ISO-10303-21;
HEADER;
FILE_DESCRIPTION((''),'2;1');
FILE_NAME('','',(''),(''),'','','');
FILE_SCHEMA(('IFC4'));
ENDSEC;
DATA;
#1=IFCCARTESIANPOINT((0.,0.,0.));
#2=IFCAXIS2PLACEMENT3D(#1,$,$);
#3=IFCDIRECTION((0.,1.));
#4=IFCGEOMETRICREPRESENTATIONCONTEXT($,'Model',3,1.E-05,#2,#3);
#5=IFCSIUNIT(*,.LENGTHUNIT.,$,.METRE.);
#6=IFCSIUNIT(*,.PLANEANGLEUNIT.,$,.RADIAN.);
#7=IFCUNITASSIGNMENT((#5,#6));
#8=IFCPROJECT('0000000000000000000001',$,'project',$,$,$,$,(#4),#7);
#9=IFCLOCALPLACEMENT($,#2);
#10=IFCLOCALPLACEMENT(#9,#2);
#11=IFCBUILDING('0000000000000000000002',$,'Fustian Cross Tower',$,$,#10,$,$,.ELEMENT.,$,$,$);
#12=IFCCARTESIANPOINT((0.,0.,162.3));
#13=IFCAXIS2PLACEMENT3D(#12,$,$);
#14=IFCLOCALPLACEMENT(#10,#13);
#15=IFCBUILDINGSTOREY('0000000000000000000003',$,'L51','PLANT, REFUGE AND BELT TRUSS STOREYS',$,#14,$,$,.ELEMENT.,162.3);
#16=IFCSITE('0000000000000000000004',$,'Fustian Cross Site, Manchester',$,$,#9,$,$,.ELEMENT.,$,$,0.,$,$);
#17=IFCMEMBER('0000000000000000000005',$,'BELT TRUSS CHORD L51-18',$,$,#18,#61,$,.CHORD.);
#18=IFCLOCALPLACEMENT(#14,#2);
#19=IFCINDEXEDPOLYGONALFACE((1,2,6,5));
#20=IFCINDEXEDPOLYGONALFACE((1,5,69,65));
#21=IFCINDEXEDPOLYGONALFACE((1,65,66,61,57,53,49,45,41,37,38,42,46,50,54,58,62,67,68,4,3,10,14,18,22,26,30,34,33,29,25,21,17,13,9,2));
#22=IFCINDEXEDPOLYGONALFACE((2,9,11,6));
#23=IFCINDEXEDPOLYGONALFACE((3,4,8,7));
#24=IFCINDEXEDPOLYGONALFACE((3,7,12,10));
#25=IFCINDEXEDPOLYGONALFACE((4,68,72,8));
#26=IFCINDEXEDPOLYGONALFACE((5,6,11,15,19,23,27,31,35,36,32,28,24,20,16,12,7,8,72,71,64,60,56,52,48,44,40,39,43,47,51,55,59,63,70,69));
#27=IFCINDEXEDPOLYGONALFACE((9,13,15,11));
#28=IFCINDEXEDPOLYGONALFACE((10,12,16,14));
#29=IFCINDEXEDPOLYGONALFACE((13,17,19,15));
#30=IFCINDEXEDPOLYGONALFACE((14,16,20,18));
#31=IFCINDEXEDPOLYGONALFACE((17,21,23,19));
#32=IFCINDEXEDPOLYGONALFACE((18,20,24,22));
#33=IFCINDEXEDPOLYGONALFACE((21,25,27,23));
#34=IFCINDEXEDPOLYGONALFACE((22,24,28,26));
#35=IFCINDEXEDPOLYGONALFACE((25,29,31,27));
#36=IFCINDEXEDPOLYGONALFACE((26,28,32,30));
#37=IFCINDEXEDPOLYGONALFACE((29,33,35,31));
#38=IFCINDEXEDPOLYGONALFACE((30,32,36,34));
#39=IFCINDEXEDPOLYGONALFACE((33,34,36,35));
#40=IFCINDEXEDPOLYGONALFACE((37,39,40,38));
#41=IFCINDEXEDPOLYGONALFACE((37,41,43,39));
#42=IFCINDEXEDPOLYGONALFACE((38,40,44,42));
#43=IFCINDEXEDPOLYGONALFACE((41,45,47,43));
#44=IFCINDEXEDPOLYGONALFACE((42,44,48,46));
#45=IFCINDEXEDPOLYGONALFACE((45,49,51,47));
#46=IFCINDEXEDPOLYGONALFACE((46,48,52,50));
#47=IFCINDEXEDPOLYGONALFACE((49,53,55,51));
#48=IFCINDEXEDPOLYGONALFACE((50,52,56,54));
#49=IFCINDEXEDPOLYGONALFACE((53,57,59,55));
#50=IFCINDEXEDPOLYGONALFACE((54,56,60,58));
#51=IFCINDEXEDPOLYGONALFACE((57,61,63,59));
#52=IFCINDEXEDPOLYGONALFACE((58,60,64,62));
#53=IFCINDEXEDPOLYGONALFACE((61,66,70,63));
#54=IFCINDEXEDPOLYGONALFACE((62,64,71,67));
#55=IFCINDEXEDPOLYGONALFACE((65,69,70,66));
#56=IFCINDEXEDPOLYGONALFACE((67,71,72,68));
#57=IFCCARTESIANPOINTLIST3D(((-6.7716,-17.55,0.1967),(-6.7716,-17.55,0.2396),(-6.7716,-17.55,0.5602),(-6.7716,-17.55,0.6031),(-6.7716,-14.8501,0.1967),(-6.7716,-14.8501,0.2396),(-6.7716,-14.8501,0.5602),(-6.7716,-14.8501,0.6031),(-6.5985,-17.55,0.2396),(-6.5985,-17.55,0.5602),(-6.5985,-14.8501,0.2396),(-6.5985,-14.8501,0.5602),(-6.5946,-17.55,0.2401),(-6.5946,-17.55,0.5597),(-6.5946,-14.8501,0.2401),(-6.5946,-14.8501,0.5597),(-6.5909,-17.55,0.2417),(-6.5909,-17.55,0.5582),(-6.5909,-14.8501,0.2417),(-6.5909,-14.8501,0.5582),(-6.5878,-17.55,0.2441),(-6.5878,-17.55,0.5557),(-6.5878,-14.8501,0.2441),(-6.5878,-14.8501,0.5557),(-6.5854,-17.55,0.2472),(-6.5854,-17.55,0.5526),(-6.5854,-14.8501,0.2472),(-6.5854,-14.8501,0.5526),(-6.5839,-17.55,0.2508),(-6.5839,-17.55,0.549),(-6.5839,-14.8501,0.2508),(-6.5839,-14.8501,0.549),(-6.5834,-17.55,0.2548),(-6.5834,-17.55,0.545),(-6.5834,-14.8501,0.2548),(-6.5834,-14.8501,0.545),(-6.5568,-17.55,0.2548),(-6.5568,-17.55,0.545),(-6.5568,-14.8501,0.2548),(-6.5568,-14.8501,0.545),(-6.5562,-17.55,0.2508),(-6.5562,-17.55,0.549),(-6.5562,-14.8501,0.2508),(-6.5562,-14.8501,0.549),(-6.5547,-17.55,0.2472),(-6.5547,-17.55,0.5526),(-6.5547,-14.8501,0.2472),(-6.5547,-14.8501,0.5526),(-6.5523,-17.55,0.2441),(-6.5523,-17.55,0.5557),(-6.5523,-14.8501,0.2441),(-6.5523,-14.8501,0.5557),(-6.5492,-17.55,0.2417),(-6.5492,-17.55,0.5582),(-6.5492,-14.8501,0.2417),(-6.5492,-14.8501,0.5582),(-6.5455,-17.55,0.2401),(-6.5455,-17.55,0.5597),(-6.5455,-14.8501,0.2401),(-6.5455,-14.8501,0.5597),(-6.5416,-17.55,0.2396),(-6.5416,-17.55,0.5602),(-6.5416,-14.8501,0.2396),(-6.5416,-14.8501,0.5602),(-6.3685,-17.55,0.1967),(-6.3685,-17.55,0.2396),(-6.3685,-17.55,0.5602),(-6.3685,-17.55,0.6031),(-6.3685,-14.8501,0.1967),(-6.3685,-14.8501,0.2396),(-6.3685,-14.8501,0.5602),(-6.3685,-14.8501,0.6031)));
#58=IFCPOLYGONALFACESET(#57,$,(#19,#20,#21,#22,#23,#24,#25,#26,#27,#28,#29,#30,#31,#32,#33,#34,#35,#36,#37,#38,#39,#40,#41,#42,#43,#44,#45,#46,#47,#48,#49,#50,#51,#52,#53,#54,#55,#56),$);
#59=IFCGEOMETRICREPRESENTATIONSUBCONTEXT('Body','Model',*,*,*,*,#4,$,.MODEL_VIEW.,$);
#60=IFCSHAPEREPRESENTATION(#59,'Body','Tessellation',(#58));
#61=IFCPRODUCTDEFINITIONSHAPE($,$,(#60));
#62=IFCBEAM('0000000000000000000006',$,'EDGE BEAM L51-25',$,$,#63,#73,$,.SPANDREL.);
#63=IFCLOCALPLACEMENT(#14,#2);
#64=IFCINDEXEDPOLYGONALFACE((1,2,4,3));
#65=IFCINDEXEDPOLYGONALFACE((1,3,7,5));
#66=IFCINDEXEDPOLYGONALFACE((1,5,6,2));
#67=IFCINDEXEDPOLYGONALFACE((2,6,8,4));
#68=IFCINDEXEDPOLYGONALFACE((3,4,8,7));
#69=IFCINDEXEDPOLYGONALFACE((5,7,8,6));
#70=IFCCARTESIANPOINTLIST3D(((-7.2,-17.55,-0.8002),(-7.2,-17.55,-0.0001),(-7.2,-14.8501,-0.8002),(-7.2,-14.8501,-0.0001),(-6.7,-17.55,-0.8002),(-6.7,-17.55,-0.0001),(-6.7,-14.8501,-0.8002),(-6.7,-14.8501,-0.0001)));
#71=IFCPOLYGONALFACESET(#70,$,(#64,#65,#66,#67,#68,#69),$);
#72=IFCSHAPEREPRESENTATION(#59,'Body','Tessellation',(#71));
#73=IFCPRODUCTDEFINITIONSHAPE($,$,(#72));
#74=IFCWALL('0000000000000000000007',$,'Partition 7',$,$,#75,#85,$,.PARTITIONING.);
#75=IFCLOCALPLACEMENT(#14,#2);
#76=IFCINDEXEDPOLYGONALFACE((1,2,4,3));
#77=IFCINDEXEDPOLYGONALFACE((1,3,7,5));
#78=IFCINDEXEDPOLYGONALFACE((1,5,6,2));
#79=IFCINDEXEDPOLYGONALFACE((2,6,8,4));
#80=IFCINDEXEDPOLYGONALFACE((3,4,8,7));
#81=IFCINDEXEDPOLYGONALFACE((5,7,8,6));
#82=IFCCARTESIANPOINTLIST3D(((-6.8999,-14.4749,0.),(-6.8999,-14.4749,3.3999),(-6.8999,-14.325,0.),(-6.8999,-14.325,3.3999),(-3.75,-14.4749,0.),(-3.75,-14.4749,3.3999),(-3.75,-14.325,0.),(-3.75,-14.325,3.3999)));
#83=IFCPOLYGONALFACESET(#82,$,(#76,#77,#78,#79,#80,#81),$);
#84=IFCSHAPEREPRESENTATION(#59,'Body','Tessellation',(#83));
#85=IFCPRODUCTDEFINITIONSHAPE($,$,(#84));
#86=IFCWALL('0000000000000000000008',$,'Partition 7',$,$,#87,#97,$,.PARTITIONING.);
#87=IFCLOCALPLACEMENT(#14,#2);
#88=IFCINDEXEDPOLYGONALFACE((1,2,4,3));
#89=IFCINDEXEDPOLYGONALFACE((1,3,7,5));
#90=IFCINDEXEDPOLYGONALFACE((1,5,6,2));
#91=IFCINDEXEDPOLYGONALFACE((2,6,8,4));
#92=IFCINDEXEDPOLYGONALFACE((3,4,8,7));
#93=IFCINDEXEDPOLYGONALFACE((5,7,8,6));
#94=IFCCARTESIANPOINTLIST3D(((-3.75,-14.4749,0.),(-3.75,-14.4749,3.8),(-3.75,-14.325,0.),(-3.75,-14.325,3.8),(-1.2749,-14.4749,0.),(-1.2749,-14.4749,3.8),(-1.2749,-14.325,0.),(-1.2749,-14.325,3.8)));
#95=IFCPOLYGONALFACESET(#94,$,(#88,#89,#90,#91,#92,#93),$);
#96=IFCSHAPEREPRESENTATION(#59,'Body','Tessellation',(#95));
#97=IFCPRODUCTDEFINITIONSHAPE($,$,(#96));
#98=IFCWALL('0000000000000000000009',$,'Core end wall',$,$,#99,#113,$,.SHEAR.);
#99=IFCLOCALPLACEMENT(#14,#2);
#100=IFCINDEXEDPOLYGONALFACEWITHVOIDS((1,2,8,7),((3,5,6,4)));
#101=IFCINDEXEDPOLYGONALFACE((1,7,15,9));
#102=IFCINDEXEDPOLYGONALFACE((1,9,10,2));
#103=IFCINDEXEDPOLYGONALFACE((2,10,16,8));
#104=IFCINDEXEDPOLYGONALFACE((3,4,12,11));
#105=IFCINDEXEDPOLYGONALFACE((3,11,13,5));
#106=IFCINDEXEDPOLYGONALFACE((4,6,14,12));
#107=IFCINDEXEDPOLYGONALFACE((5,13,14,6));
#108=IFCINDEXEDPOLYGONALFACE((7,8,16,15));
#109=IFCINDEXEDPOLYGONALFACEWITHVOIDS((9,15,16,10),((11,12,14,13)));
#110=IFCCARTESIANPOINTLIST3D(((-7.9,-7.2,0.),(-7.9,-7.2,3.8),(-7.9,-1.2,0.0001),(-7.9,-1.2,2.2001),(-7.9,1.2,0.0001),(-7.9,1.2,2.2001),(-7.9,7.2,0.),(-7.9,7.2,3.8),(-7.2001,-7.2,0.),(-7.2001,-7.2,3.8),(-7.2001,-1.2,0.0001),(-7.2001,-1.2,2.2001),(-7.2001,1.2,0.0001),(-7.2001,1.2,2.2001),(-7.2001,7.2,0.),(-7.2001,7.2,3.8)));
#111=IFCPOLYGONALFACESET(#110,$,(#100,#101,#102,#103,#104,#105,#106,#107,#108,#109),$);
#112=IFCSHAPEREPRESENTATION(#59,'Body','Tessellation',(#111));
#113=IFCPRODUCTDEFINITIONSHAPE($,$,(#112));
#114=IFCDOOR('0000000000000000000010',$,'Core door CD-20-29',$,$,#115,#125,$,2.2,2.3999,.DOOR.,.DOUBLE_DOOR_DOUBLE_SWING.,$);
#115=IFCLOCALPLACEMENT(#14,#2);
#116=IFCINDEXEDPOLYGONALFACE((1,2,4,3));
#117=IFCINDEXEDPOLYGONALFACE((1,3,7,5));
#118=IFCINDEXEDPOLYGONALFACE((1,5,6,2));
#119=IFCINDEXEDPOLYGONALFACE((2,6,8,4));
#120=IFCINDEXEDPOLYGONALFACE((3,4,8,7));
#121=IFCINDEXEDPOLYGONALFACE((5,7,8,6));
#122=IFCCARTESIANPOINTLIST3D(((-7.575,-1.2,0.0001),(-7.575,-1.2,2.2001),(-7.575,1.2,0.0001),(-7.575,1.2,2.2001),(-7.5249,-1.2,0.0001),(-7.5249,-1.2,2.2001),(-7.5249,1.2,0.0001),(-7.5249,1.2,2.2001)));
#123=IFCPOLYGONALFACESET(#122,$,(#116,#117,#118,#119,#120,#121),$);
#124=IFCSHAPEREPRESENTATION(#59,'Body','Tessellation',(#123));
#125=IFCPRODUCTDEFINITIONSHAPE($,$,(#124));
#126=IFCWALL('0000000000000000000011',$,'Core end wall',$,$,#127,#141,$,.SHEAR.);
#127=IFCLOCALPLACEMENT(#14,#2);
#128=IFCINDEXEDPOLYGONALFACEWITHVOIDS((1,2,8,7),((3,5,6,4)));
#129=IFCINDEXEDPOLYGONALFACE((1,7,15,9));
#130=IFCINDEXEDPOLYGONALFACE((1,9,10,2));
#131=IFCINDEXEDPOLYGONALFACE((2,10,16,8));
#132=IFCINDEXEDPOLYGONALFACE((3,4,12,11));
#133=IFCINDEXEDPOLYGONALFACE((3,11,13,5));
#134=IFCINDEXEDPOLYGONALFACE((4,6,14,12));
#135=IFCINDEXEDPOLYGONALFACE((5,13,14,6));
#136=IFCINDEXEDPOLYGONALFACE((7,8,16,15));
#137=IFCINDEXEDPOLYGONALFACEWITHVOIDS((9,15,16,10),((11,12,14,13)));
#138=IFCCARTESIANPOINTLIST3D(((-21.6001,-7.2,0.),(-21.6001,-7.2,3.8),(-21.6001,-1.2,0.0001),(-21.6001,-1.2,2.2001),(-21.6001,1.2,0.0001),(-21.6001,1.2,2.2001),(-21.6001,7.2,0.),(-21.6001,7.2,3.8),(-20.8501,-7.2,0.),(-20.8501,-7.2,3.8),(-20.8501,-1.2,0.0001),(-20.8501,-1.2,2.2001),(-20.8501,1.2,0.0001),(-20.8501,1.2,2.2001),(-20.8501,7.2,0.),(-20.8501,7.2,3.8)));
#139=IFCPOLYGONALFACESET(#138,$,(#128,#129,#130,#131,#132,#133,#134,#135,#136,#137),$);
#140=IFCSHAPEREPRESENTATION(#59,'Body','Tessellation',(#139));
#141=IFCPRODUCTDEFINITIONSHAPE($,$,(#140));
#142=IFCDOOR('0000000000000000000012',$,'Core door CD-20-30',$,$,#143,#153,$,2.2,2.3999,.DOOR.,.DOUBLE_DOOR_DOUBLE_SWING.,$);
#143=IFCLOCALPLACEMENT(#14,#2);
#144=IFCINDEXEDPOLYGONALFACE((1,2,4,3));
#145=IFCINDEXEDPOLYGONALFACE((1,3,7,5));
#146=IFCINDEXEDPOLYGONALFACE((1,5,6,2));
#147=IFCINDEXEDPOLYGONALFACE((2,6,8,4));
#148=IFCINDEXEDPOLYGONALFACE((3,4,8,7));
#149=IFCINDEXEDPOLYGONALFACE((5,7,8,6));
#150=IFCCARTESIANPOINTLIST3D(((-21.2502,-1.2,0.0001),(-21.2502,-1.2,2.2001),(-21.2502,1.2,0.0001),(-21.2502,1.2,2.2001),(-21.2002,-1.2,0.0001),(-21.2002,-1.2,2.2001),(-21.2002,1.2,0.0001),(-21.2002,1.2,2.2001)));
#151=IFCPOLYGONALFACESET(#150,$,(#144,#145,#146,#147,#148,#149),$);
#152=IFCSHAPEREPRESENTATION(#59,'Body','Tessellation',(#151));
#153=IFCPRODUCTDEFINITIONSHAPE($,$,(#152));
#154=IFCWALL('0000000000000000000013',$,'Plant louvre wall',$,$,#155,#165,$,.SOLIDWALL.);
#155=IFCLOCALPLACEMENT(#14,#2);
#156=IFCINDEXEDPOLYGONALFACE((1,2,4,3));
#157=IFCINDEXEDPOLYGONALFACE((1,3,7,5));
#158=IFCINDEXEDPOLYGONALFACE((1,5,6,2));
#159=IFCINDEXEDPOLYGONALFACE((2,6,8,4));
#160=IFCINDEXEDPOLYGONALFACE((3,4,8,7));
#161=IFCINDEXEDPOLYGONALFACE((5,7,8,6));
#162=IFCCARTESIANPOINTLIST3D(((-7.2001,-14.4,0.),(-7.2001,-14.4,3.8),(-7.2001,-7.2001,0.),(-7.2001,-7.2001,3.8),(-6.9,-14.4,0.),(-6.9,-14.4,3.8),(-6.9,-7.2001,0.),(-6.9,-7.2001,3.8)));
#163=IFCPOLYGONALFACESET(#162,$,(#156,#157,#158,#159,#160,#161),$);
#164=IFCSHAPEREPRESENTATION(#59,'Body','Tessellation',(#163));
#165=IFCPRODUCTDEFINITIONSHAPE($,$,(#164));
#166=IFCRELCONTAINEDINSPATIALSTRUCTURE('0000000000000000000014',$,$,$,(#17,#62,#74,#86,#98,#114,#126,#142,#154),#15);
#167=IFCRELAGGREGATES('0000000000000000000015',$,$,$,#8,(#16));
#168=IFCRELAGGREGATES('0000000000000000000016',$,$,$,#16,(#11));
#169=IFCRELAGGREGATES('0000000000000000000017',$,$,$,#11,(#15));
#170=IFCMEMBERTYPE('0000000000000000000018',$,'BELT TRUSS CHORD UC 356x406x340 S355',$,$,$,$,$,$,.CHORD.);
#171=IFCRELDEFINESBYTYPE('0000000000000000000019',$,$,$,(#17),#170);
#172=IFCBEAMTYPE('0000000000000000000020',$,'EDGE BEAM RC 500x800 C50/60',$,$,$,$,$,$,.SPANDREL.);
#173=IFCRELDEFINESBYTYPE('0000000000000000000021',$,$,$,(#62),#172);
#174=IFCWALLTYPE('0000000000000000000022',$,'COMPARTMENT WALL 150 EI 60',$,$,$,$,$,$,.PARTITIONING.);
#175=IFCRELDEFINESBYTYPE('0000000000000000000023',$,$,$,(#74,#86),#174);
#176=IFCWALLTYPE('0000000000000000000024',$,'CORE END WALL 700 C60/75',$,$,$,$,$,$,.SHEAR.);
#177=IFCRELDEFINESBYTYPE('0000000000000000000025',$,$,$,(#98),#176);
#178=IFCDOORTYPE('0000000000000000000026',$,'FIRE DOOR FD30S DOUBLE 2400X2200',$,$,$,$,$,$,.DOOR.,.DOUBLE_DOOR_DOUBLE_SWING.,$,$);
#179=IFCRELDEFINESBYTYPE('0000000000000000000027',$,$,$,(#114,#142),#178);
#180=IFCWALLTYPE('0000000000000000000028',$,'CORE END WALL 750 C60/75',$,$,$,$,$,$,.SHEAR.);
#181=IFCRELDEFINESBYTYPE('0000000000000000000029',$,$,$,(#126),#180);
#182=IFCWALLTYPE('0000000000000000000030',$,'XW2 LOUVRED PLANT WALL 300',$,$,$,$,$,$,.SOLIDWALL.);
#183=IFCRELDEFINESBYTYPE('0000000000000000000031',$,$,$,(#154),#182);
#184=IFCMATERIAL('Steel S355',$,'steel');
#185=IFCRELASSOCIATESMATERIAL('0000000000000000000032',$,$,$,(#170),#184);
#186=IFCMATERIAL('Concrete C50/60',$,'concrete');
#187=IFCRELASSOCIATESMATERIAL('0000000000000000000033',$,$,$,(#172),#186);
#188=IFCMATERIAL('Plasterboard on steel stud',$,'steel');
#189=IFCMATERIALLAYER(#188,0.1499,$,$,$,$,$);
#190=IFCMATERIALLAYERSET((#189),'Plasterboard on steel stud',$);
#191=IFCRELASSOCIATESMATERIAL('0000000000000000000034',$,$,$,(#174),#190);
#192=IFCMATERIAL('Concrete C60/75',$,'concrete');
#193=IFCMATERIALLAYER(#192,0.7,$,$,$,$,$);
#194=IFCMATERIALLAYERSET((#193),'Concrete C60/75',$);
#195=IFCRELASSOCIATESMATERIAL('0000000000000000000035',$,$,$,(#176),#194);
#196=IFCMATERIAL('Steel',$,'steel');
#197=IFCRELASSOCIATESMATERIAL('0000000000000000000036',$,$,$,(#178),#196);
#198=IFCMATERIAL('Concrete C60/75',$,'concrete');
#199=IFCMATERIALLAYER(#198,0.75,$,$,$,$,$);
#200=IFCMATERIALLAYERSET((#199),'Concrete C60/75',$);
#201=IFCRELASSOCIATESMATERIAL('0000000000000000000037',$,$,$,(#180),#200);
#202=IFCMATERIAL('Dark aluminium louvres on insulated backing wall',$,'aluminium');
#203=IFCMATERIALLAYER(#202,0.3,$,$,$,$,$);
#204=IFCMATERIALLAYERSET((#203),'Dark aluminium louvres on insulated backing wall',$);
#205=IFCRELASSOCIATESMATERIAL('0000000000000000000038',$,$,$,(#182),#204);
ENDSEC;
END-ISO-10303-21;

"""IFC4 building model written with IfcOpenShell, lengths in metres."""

from ifc_helpers import new_model, si_unit, direction, frame, frame_2d, origin, origin_2d, place, context, subcontext, project, spatial, rectangle, i_section, extrude, material, layer, layer_set, material_profile, profile_set, type_object, element, fill, save


model = new_model("IFC4")

# Units and contexts
model_context = context("Model", 3, precision=1e-05, world=origin(), true_north=direction((0.0, 1.0)))
body_context = subcontext(model_context, "Body", "Model", "MODEL_VIEW")
ifc_project = project(units=[si_unit("LENGTHUNIT", "METRE"), si_unit("PLANEANGLEUNIT", "RADIAN")], contexts=[model_context])

# Site, building, storey
site_placement = place(None, origin())
site = spatial("IfcSite", under=ifc_project, at=site_placement, Name="Fustian Cross Site, Manchester", CompositionType="ELEMENT", RefElevation=0.0)
building_placement = place(site_placement, origin())
building = spatial("IfcBuilding", under=site, at=building_placement, Name="Fustian Cross Tower", CompositionType="ELEMENT")
storey_placement = place(building_placement, frame((0.0, 0.0, 162.3)))
storey = spatial("IfcBuildingStorey", under=building, at=storey_placement, Name="L51", Description="PLANT, REFUGE AND BELT TRUSS STOREYS", CompositionType="ELEMENT", Elevation=162.3)

# Member
ifc_material_1 = material(Name="Steel S355", Category="steel")
ifc_material_profile_1 = material_profile(ifc_material_1, i_section(OverallWidth=0.4031, OverallDepth=0.4065, WebThickness=0.0266, FlangeThickness=0.043, FilletRadius=0.0151, at=origin_2d()), Name="UC 356x406x340")
ifc_profile_set_1 = profile_set([ifc_material_profile_1], Name="Steel S355")
member_type_1 = type_object("IfcMemberType", Name="BELT TRUSS CHORD UC 356x406x340 S355", PredefinedType="CHORD", material=ifc_profile_set_1)
for number, where, z_axis, x_axis, name in (
    (1, (-6.5701, -14.8501, 0.3999), (0.0, -1.0, 0.0), (1.0, 0.0, 0.0), "BELT TRUSS CHORD L51-18"),
):
    element("IfcMember", number, at=place(storey_placement, frame(where, z_axis=z_axis, x_axis=x_axis)), inside=storey, type_object=member_type_1, Name=name, PredefinedType="CHORD", context=body_context, shape_type="SweptSolid", body=[
        extrude(i_section(OverallWidth=0.4031, OverallDepth=0.4065, WebThickness=0.0266, FlangeThickness=0.043, FilletRadius=0.0151, at=origin_2d()), origin(), (0.0, 0.0, 1.0), 2.7),
    ])

# Beam
ifc_material_2 = material(Name="Concrete C50/60", Category="concrete")
ifc_material_profile_2 = material_profile(ifc_material_2, rectangle(XDim=0.5, YDim=0.8, at=origin_2d()), Name="RC 500x800")
ifc_profile_set_2 = profile_set([ifc_material_profile_2], Name="Concrete C50/60")
beam_type = type_object("IfcBeamType", Name="EDGE BEAM RC 500x800 C50/60", PredefinedType="SPANDREL", material=ifc_profile_set_2)
beam_placement = place(storey_placement, frame((-6.95, -14.8501, -0.4001), z_axis=(0.0, -1.0, 0.0), x_axis=(1.0, 0.0, 0.0)))
element("IfcBeam", 2, at=beam_placement, inside=storey, type_object=beam_type, Name="EDGE BEAM L51-25", PredefinedType="SPANDREL", context=body_context, shape_type="SweptSolid", body=[
    extrude(rectangle(XDim=0.5, YDim=0.8, at=origin_2d()), origin(), (0.0, 0.0, 1.0), 2.7),
])

# Walls
ifc_material_3 = material(Name="Plasterboard on steel stud", Category="steel")
ifc_layer_1 = layer(ifc_material_3, 0.1499)
ifc_layer_set_1 = layer_set([ifc_layer_1], Name="Plasterboard on steel stud")
wall_type_1 = type_object("IfcWallType", Name="COMPARTMENT WALL 150 EI 60", PredefinedType="PARTITIONING", material=ifc_layer_set_1)
wall_1_placement = place(storey_placement, frame((-6.8999, -14.3999, 0.0), z_axis=(0.0, 0.0, 1.0), x_axis=(1.0, 0.0, 0.0)))
element("IfcWall", 3, at=wall_1_placement, inside=storey, type_object=wall_type_1, Name="Partition 7", PredefinedType="PARTITIONING", context=body_context, shape_type="SweptSolid", body=[
    extrude(rectangle(XDim=3.1499, YDim=0.1499, at=frame_2d((1.575, 0.0))), origin(), (0.0, 0.0, 1.0), 3.3999),
])
wall_2_placement = place(storey_placement, frame((-3.75, -14.3999, 0.0), z_axis=(0.0, 0.0, 1.0), x_axis=(1.0, 0.0, 0.0)))
element("IfcWall", 4, at=wall_2_placement, inside=storey, type_object=wall_type_1, Name="Partition 7", PredefinedType="PARTITIONING", context=body_context, shape_type="SweptSolid", body=[
    extrude(rectangle(XDim=2.4751, YDim=0.1499, at=frame_2d((1.2375, 0.0))), origin(), (0.0, 0.0, 1.0), 3.8),
])

# Walls, openings, doors
ifc_material_4 = material(Name="Concrete C60/75", Category="concrete")
ifc_layer_2 = layer(ifc_material_4, 0.7)
ifc_layer_set_2 = layer_set([ifc_layer_2], Name="Concrete C60/75")
wall_type_2 = type_object("IfcWallType", Name="CORE END WALL 700 C60/75", PredefinedType="SHEAR", material=ifc_layer_set_2)
wall_3_placement = place(storey_placement, frame((-7.55, -7.2, 0.0), z_axis=(0.0, 0.0, 1.0), x_axis=(0.0, 1.0, 0.0)))
wall_3 = element("IfcWall", 5, at=wall_3_placement, inside=storey, type_object=wall_type_2, Name="Core end wall", PredefinedType="SHEAR", context=body_context, shape_type="SweptSolid", body=[
    extrude(rectangle(XDim=14.3999, YDim=0.7, at=frame_2d((7.2, 0.0))), origin(), (0.0, 0.0, 1.0), 3.8),
])
opening_1_placement = place(wall_3_placement, frame((6.0, 0.0, 0.0)))
opening_1 = element("IfcOpeningElement", 6, at=opening_1_placement, cuts=wall_3, PredefinedType="OPENING", context=body_context, shape_type="SweptSolid", body=[
    extrude(rectangle(XDim=2.3999, YDim=2.2, at=frame_2d((1.2, 1.1001))), frame((0.0, 0.3599, 0.0), z_axis=(0.0, -1.0, 0.0), x_axis=(1.0, 0.0, 0.0)), (0.0, 0.0, 1.0), 0.72),
])
ifc_material_5 = material(Name="Steel", Category="steel")
door_type = type_object("IfcDoorType", Name="FIRE DOOR FD30S DOUBLE 2400X2200", OperationType="DOUBLE_DOOR_DOUBLE_SWING", PredefinedType="DOOR", material=ifc_material_5)
door_1_placement = place(opening_1_placement, origin())
door_1 = element("IfcDoor", 7, at=door_1_placement, inside=storey, type_object=door_type, Name="Core door CD-20-29", OperationType="DOUBLE_DOOR_DOUBLE_SWING", OverallHeight=2.2, OverallWidth=2.3999, PredefinedType="DOOR", context=body_context, shape_type="SweptSolid", body=[
    extrude(rectangle(XDim=2.3999, YDim=2.2, at=frame_2d((1.2, 1.1001))), frame((0.0, 0.0249, 0.0), z_axis=(0.0, -1.0, 0.0), x_axis=(1.0, 0.0, 0.0)), (0.0, 0.0, 1.0), 0.05),
])
fill(opening_1, door_1)
ifc_material_6 = material(Name="Concrete C60/75", Category="concrete")
ifc_layer_3 = layer(ifc_material_6, 0.75)
ifc_layer_set_3 = layer_set([ifc_layer_3], Name="Concrete C60/75")
wall_type_3 = type_object("IfcWallType", Name="CORE END WALL 750 C60/75", PredefinedType="SHEAR", material=ifc_layer_set_3)
wall_4_placement = place(storey_placement, frame((-21.2251, -7.2, 0.0), z_axis=(0.0, 0.0, 1.0), x_axis=(0.0, 1.0, 0.0)))
wall_4 = element("IfcWall", 8, at=wall_4_placement, inside=storey, type_object=wall_type_3, Name="Core end wall", PredefinedType="SHEAR", context=body_context, shape_type="SweptSolid", body=[
    extrude(rectangle(XDim=14.3999, YDim=0.75, at=frame_2d((7.2, 0.0))), origin(), (0.0, 0.0, 1.0), 3.8),
])
opening_2_placement = place(wall_4_placement, frame((6.0, 0.0, 0.0)))
opening_2 = element("IfcOpeningElement", 9, at=opening_2_placement, cuts=wall_4, PredefinedType="OPENING", context=body_context, shape_type="SweptSolid", body=[
    extrude(rectangle(XDim=2.3999, YDim=2.2, at=frame_2d((1.2, 1.1001))), frame((0.0, 0.385, 0.0), z_axis=(0.0, -1.0, 0.0), x_axis=(1.0, 0.0, 0.0)), (0.0, 0.0, 1.0), 0.77),
])
door_2_placement = place(opening_2_placement, frame((2.3999, 0.0, 0.0), z_axis=(0.0, 0.0, 1.0), x_axis=(-1.0, 0.0, 0.0)))
door_2 = element("IfcDoor", 10, at=door_2_placement, inside=storey, type_object=door_type, Name="Core door CD-20-30", OperationType="DOUBLE_DOOR_DOUBLE_SWING", OverallHeight=2.2, OverallWidth=2.3999, PredefinedType="DOOR", context=body_context, shape_type="SweptSolid", body=[
    extrude(rectangle(XDim=2.3999, YDim=2.2, at=frame_2d((1.2, 1.1001))), frame((0.0, 0.0249, 0.0), z_axis=(0.0, -1.0, 0.0), x_axis=(1.0, 0.0, 0.0)), (0.0, 0.0, 1.0), 0.05),
])
fill(opening_2, door_2)

# Wall
ifc_material_7 = material(Name="Dark aluminium louvres on insulated backing wall", Category="aluminium")
ifc_layer_4 = layer(ifc_material_7, 0.3)
ifc_layer_set_4 = layer_set([ifc_layer_4], Name="Dark aluminium louvres on insulated backing wall")
wall_type_4 = type_object("IfcWallType", Name="XW2 LOUVRED PLANT WALL 300", PredefinedType="SOLIDWALL", material=ifc_layer_set_4)
wall_5_placement = place(storey_placement, frame((-7.05, -7.2, 0.0), z_axis=(0.0, 0.0, 1.0), x_axis=(0.0, -1.0, 0.0)))
element("IfcWall", 11, at=wall_5_placement, inside=storey, type_object=wall_type_4, Name="Plant louvre wall", PredefinedType="SOLIDWALL", context=body_context, shape_type="SweptSolid", body=[
    extrude(rectangle(XDim=7.2, YDim=0.3, at=frame_2d((3.6001, 0.0))), origin(), (0.0, 0.0, 1.0), 3.8),
])

save(model, "model.ifc")
